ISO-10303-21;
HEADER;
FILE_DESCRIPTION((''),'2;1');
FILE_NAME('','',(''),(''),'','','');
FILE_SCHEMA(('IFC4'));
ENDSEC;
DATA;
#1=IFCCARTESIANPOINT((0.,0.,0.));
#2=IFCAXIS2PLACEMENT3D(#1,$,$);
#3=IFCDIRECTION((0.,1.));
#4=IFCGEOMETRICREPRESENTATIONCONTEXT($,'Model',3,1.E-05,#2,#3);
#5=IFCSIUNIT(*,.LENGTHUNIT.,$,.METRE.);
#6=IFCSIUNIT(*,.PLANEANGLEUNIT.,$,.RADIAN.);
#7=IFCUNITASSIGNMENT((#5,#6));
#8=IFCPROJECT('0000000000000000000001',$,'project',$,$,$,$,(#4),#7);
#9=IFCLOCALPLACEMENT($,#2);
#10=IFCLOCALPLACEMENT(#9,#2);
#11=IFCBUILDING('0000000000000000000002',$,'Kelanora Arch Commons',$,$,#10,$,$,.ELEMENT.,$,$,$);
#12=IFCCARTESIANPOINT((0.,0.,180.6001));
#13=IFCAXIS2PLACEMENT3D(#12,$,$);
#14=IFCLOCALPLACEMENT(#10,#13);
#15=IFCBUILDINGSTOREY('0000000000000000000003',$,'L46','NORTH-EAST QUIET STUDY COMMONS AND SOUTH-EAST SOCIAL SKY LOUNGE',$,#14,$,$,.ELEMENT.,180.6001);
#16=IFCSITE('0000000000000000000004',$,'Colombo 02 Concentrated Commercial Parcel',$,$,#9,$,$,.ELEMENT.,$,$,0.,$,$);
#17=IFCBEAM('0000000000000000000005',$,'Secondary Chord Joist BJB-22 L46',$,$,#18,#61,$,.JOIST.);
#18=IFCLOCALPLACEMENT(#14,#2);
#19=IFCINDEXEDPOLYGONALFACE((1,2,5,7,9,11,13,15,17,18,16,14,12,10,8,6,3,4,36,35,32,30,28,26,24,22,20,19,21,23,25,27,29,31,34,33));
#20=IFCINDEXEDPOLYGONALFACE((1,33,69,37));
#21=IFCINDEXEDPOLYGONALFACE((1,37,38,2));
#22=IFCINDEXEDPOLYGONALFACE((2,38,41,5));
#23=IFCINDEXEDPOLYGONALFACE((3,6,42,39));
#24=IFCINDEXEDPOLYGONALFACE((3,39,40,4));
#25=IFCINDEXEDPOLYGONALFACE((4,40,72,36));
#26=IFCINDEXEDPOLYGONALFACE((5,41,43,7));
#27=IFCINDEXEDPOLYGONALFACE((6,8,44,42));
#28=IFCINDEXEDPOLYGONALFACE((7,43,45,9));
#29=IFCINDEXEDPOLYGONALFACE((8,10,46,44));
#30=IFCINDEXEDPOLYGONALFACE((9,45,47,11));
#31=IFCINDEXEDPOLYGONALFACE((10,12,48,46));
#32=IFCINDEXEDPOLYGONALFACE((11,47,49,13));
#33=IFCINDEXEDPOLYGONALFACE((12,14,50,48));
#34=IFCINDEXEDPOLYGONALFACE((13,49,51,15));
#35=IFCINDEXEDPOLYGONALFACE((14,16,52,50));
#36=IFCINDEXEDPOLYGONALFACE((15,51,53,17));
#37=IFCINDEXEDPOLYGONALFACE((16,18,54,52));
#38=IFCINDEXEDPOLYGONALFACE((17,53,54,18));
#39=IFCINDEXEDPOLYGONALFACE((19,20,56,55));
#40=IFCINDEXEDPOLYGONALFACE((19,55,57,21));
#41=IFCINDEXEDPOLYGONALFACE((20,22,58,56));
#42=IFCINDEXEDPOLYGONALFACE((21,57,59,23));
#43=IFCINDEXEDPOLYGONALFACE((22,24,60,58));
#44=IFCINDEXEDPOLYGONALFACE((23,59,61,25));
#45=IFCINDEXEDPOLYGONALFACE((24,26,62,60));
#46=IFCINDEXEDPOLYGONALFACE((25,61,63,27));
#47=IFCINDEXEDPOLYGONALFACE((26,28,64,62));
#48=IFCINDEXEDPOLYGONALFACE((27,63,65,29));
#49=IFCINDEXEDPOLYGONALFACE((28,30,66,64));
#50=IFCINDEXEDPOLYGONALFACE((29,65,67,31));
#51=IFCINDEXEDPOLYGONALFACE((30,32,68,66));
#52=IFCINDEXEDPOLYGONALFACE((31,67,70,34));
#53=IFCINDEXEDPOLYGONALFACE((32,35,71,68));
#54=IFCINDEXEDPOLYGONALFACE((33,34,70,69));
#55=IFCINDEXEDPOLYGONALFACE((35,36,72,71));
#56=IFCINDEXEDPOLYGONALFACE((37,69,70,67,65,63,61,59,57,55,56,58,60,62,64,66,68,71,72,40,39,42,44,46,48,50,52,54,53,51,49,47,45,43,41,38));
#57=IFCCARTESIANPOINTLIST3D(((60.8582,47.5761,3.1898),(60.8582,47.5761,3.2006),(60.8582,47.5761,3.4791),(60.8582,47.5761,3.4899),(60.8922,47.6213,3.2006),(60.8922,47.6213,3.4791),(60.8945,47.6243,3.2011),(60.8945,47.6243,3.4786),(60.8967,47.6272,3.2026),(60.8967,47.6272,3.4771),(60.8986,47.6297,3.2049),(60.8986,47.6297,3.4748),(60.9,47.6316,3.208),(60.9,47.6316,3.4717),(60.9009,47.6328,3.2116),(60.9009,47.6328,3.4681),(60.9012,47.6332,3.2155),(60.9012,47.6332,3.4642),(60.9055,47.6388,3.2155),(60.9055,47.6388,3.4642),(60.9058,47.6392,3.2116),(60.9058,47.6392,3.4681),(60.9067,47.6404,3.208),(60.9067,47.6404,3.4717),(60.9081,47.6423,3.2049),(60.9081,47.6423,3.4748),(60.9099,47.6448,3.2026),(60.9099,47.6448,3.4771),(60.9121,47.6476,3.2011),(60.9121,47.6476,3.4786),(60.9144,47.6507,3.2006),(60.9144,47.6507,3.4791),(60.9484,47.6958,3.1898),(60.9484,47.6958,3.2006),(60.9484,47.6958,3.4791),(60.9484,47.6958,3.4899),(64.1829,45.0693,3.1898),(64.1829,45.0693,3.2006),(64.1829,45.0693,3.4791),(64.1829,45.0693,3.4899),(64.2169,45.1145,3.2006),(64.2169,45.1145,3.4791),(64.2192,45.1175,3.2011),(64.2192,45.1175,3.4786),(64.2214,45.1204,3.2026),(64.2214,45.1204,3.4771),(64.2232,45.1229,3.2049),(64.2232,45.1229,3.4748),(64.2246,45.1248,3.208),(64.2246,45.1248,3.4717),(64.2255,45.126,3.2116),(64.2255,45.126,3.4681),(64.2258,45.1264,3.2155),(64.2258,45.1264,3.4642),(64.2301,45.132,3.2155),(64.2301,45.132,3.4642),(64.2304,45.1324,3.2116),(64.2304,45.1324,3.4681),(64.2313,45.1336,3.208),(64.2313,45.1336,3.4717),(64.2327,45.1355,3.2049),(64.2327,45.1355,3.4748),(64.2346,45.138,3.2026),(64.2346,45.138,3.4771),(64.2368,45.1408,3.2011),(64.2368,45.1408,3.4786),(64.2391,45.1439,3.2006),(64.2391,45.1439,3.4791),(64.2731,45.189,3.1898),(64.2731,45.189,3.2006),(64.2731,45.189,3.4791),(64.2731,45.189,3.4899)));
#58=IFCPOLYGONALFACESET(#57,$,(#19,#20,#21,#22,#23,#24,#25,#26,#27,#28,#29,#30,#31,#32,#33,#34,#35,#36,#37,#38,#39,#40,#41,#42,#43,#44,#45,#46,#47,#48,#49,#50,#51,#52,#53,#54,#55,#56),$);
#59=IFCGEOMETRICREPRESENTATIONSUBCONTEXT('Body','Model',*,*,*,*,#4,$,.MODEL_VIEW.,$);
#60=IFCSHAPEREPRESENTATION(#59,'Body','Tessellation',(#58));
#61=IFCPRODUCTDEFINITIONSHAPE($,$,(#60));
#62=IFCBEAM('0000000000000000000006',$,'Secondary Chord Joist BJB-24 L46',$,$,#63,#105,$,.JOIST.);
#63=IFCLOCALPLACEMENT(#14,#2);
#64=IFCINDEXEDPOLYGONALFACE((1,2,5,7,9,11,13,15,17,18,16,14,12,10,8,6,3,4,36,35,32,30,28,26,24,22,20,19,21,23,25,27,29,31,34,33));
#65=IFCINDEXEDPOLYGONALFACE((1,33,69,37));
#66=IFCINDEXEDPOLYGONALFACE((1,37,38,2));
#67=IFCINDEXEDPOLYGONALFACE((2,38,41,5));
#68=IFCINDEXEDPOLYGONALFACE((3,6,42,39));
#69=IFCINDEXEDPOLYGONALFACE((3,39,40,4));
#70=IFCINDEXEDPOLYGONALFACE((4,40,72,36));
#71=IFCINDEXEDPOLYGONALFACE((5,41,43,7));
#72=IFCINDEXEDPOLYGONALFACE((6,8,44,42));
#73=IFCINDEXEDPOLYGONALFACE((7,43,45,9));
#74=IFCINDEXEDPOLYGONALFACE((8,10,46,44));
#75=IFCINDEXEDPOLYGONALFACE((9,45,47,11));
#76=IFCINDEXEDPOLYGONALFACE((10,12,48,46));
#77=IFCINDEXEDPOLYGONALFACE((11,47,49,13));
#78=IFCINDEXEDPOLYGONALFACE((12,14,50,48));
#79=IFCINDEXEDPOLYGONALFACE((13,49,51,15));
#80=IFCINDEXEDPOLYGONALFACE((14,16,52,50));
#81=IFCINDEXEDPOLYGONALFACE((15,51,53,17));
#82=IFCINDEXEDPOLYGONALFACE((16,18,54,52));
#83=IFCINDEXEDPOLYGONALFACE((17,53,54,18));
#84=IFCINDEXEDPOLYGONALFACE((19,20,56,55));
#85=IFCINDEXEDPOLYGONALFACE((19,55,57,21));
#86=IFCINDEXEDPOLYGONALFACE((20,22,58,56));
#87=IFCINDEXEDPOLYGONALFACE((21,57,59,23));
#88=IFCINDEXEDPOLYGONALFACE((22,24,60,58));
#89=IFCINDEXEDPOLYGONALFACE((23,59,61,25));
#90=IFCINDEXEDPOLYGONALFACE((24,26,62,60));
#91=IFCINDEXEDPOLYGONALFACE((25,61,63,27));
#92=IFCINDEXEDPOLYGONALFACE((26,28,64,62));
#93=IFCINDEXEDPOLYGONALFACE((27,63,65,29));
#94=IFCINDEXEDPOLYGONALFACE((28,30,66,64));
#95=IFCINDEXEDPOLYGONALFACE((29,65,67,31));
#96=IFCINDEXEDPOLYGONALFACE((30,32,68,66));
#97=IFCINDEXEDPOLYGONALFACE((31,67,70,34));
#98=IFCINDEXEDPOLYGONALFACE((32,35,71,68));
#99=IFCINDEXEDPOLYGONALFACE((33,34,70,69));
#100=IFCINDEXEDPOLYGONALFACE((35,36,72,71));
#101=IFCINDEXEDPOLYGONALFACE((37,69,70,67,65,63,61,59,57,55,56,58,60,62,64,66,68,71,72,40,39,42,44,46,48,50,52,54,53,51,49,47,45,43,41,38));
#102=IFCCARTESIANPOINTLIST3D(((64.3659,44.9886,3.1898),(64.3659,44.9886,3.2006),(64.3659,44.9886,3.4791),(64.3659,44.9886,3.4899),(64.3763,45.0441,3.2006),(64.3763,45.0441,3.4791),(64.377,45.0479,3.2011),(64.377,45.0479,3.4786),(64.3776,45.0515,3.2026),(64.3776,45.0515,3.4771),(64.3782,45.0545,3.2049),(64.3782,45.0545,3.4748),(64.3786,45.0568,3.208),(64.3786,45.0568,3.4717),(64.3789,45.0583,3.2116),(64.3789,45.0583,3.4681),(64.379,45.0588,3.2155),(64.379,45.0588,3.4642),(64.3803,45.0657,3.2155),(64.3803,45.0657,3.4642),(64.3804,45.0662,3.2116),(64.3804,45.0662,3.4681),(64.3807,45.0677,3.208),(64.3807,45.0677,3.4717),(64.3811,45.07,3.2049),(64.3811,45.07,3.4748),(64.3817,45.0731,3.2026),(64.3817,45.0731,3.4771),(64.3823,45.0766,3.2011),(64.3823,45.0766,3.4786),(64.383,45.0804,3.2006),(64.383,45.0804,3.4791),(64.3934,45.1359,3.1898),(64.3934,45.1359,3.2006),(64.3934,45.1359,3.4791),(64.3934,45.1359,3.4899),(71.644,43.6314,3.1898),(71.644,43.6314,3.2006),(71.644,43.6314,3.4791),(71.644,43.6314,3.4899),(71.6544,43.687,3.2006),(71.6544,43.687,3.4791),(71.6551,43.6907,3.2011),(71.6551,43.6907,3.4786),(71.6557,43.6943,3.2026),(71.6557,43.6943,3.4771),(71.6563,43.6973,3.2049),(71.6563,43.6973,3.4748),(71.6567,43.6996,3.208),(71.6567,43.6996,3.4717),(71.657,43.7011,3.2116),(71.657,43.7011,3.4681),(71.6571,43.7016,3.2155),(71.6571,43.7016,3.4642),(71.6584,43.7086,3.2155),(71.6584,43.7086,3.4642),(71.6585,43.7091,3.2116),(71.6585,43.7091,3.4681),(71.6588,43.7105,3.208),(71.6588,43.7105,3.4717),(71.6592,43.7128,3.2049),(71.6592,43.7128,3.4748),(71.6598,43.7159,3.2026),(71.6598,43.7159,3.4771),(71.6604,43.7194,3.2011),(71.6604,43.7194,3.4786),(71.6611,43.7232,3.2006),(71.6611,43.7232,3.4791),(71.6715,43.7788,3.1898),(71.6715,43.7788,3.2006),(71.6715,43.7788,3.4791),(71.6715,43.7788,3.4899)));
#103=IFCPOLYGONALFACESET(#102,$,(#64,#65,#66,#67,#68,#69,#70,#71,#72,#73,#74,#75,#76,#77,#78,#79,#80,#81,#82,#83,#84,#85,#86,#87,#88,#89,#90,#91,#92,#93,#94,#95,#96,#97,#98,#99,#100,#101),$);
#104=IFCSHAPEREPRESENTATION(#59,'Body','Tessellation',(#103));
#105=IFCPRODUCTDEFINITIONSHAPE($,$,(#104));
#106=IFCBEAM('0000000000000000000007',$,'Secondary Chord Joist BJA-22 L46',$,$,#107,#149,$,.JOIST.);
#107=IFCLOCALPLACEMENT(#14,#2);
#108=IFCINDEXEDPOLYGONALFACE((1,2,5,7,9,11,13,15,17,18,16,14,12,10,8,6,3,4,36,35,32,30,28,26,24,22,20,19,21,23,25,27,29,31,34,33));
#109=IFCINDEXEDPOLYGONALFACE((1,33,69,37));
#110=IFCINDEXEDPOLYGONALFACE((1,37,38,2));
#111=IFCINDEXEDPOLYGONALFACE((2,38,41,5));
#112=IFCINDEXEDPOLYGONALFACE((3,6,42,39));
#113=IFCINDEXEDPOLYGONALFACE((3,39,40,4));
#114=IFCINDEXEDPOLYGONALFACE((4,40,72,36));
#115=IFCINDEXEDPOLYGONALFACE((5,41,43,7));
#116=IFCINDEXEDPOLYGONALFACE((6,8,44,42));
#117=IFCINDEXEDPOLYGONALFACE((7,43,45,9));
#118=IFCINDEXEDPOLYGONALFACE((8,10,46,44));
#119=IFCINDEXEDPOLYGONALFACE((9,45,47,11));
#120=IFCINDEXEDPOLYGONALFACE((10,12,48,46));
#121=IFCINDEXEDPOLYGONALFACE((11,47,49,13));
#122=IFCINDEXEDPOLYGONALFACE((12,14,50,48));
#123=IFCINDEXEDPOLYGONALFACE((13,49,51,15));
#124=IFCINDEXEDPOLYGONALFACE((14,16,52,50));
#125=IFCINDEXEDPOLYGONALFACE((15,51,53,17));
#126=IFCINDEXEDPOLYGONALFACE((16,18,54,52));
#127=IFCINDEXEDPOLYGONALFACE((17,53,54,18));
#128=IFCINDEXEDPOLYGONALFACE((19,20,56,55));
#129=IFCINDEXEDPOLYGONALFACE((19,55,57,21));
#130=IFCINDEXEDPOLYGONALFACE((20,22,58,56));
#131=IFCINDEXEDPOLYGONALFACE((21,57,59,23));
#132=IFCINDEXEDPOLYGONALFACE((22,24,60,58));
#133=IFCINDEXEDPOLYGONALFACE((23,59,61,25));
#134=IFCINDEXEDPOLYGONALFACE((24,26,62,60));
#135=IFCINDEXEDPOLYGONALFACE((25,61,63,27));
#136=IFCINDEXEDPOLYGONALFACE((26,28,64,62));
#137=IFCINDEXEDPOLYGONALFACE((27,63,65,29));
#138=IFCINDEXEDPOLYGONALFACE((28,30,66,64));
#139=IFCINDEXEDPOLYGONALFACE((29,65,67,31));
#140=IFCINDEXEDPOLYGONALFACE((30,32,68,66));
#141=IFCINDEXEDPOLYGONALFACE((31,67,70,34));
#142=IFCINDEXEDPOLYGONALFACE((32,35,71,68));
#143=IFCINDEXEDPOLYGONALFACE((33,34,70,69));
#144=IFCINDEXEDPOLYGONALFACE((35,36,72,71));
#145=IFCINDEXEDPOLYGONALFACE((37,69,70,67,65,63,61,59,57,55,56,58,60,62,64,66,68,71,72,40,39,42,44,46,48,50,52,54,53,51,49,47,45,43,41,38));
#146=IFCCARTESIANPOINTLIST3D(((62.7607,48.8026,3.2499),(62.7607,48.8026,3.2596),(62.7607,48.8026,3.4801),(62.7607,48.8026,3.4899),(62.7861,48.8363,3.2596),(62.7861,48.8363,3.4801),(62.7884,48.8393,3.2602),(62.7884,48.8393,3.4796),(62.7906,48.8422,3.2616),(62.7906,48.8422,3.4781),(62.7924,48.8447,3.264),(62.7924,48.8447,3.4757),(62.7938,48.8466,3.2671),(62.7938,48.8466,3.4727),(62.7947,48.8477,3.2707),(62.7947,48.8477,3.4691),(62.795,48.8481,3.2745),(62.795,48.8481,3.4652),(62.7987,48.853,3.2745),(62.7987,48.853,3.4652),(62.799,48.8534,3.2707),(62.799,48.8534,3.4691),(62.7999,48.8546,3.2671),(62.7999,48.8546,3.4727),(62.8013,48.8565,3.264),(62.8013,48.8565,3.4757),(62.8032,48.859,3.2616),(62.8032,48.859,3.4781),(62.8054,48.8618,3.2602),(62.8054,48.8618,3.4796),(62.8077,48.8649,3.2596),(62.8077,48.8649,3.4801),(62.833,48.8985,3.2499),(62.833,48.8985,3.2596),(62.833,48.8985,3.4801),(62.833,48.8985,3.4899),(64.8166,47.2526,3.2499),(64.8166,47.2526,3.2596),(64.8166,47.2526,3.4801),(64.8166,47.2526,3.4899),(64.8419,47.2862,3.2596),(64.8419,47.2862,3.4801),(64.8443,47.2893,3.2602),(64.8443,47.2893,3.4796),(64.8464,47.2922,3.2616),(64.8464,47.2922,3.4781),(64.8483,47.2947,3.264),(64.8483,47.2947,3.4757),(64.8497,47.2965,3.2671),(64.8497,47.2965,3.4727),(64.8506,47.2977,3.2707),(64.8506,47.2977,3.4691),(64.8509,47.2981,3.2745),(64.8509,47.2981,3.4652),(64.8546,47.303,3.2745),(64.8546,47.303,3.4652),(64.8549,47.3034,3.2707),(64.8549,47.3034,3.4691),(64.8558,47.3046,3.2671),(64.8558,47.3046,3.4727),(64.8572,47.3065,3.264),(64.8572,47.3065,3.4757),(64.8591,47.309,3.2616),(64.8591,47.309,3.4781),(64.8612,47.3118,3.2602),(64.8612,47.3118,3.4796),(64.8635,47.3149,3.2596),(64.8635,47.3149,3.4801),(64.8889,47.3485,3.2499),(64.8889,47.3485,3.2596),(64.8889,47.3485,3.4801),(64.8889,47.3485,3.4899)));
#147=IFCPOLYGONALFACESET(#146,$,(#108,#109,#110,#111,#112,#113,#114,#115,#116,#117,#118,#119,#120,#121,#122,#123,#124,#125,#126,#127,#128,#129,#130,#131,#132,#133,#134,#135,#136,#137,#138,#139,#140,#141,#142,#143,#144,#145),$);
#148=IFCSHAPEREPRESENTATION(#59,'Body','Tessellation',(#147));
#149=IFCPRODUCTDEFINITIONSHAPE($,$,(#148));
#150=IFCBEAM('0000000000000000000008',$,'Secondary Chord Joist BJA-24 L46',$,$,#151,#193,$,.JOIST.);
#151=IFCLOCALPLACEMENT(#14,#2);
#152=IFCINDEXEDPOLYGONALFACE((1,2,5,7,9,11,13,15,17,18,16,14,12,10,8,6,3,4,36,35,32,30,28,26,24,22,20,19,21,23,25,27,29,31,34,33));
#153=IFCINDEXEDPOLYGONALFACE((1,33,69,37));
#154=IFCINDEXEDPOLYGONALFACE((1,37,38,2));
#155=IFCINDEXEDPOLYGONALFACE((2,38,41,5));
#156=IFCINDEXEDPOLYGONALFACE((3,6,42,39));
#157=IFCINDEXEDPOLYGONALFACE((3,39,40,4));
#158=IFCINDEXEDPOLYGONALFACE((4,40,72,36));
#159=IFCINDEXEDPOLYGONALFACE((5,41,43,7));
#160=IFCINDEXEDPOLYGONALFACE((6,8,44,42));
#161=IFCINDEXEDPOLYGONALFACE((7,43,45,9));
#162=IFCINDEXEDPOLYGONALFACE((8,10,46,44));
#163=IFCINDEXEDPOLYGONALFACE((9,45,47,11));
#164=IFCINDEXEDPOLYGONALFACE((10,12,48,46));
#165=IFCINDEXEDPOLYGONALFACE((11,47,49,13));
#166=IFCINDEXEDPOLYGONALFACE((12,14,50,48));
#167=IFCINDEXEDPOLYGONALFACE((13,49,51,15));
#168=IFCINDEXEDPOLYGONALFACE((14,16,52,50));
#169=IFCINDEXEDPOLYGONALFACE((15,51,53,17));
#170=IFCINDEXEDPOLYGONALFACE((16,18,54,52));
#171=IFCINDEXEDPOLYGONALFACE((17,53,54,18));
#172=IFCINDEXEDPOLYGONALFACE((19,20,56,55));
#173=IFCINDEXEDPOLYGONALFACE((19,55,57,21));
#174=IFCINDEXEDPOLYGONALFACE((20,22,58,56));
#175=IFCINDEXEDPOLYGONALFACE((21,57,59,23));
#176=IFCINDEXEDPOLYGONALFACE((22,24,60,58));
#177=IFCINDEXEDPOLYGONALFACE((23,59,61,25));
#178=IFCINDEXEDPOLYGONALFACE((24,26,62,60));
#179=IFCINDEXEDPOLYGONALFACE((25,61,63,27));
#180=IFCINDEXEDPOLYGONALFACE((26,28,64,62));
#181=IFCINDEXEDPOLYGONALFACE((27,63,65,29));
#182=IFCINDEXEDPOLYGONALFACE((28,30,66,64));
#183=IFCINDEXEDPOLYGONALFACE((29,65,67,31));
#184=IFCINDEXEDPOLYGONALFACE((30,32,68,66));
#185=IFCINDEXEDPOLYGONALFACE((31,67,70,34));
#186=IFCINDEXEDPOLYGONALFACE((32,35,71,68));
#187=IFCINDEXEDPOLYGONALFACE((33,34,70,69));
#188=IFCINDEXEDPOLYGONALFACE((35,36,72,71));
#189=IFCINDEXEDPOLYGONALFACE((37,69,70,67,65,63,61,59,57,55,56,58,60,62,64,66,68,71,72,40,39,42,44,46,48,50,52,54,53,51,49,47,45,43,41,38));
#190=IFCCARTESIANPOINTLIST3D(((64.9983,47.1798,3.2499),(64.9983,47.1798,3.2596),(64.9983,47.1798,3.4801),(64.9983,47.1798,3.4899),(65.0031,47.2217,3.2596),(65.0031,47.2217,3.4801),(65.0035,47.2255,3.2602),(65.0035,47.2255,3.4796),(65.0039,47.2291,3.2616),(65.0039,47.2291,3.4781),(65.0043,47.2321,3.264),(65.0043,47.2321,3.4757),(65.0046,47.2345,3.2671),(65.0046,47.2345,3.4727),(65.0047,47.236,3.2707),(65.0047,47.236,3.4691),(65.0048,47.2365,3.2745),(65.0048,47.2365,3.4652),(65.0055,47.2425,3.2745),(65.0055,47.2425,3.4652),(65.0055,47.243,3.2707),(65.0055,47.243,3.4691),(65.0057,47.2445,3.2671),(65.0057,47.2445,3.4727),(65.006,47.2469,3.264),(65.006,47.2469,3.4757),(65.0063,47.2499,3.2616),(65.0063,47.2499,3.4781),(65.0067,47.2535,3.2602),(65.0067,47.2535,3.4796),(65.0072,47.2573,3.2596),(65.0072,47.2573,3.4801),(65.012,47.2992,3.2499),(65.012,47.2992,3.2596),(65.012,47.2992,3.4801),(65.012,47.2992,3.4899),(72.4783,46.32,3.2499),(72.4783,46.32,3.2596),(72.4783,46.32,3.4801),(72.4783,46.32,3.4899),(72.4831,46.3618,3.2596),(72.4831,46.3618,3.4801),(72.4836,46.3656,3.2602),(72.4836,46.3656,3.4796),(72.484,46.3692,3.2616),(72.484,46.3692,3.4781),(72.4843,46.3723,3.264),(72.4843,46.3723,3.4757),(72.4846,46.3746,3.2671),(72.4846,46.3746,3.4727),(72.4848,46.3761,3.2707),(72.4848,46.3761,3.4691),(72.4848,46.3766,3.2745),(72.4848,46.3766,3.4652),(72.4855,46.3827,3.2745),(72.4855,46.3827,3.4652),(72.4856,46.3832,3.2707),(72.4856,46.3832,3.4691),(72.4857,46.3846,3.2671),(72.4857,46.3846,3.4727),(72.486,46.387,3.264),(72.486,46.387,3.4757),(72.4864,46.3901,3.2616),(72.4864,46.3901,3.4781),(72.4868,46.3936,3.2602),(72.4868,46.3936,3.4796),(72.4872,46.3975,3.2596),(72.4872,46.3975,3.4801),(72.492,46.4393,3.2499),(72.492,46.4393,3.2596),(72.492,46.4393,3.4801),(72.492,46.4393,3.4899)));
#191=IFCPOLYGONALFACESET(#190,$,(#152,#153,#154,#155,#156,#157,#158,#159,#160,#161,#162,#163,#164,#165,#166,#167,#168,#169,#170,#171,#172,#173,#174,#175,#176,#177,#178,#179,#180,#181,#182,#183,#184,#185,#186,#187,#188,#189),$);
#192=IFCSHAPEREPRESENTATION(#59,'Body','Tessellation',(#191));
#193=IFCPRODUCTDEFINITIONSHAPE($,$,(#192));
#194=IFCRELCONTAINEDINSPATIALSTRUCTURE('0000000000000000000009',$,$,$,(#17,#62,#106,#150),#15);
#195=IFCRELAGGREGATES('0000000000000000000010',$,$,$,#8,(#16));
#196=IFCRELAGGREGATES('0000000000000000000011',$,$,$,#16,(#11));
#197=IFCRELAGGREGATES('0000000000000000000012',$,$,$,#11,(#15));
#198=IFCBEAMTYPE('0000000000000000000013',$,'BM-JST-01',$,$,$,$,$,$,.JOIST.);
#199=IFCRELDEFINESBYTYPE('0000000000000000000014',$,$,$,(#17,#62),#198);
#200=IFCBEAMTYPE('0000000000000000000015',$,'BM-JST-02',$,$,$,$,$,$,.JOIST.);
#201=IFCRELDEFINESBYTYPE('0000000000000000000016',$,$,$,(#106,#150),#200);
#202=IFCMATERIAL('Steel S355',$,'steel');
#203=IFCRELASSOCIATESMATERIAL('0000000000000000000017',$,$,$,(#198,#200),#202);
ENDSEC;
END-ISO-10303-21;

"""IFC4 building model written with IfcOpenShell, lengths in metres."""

from ifc_helpers import new_model, si_unit, direction, frame, origin, origin_2d, place, context, subcontext, project, spatial, i_section, extrude, material, material_profile, profile_set, type_object, element, save


model = new_model("IFC4")

# Units and contexts
model_context = context("Model", 3, precision=1e-05, world=origin(), true_north=direction((0.0, 1.0)))
body_context = subcontext(model_context, "Body", "Model", "MODEL_VIEW")
ifc_project = project(units=[si_unit("LENGTHUNIT", "METRE"), si_unit("PLANEANGLEUNIT", "RADIAN")], contexts=[model_context])

# Site, building, storey
site_placement = place(None, origin())
site = spatial("IfcSite", under=ifc_project, at=site_placement, Name="Colombo 02 Concentrated Commercial Parcel", CompositionType="ELEMENT", RefElevation=0.0)
building_placement = place(site_placement, origin())
building = spatial("IfcBuilding", under=site, at=building_placement, Name="Kelanora Arch Commons", CompositionType="ELEMENT")
storey_placement = place(building_placement, frame((0.0, 0.0, 180.6001)))
storey = spatial("IfcBuildingStorey", under=building, at=storey_placement, Name="L46", Description="NORTH-EAST QUIET STUDY COMMONS AND SOUTH-EAST SOCIAL SKY LOUNGE", CompositionType="ELEMENT", Elevation=180.6001)

# Beams
ifc_material_1 = material(Name="Steel S355", Category="steel")
ifc_material_profile_1 = material_profile(ifc_material_1, i_section(OverallWidth=0.1499, OverallDepth=0.3, WebThickness=0.0071, FlangeThickness=0.0107, FilletRadius=0.0149, at=origin_2d()), Name="IPE300")
ifc_profile_set_1 = profile_set([ifc_material_profile_1], Name="Steel S355")
beam_type_1 = type_object("IfcBeamType", Name="BM-JST-01", PredefinedType="JOIST", material=ifc_profile_set_1)
beam_1_placement = place(storey_placement, frame((60.9033, 47.636, 3.3398), z_axis=(0.798464, -0.602043, 0.0), x_axis=(0.602043, 0.798464, 0.0)))
element("IfcBeam", 1, at=beam_1_placement, inside=storey, type_object=beam_type_1, Name="Secondary Chord Joist BJB-22 L46", PredefinedType="JOIST", context=body_context, shape_type="SweptSolid", body=[
    extrude(i_section(OverallWidth=0.1499, OverallDepth=0.3, WebThickness=0.0071, FlangeThickness=0.0107, FilletRadius=0.0149, at=origin_2d()), origin(), (0.0, 0.0, 1.0), 4.1638),
])
beam_2_placement = place(storey_placement, frame((64.3796, 45.0623, 3.3398), z_axis=(0.983054, -0.183315, 0.0), x_axis=(0.183315, 0.983054, 0.0)))
element("IfcBeam", 2, at=beam_2_placement, inside=storey, type_object=beam_type_1, Name="Secondary Chord Joist BJB-24 L46", PredefinedType="JOIST", context=body_context, shape_type="SweptSolid", body=[
    extrude(i_section(OverallWidth=0.1499, OverallDepth=0.3, WebThickness=0.0071, FlangeThickness=0.0107, FilletRadius=0.0149, at=origin_2d()), origin(), (0.0, 0.0, 1.0), 7.4036),
])
ifc_material_profile_2 = material_profile(ifc_material_1, i_section(OverallWidth=0.1201, OverallDepth=0.24, WebThickness=0.0061, FlangeThickness=0.0098, FilletRadius=0.0149, at=origin_2d()), Name="IPE240")
ifc_profile_set_2 = profile_set([ifc_material_profile_2], Name="Steel S355")
beam_type_2 = type_object("IfcBeamType", Name="BM-JST-02", PredefinedType="JOIST", material=ifc_profile_set_2)
beam_3_placement = place(storey_placement, frame((62.7969, 48.8506, 3.3699), z_axis=(0.798484, -0.602016, 0.0), x_axis=(0.602016, 0.798484, 0.0)))
element("IfcBeam", 3, at=beam_3_placement, inside=storey, type_object=beam_type_2, Name="Secondary Chord Joist BJA-22 L46", PredefinedType="JOIST", context=body_context, shape_type="SweptSolid", body=[
    extrude(i_section(OverallWidth=0.1201, OverallDepth=0.24, WebThickness=0.0061, FlangeThickness=0.0098, FilletRadius=0.0149, at=origin_2d()), origin(), (0.0, 0.0, 1.0), 2.5747),
])
beam_4_placement = place(storey_placement, frame((65.0051, 47.2395, 3.3699), z_axis=(0.993457, -0.114203, 0.0), x_axis=(0.114203, 0.993457, 0.0)))
element("IfcBeam", 4, at=beam_4_placement, inside=storey, type_object=beam_type_2, Name="Secondary Chord Joist BJA-24 L46", PredefinedType="JOIST", context=body_context, shape_type="SweptSolid", body=[
    extrude(i_section(OverallWidth=0.1201, OverallDepth=0.24, WebThickness=0.0061, FlangeThickness=0.0098, FilletRadius=0.0149, at=origin_2d()), origin(), (0.0, 0.0, 1.0), 7.5293),
])

save(model, "model.ifc")
